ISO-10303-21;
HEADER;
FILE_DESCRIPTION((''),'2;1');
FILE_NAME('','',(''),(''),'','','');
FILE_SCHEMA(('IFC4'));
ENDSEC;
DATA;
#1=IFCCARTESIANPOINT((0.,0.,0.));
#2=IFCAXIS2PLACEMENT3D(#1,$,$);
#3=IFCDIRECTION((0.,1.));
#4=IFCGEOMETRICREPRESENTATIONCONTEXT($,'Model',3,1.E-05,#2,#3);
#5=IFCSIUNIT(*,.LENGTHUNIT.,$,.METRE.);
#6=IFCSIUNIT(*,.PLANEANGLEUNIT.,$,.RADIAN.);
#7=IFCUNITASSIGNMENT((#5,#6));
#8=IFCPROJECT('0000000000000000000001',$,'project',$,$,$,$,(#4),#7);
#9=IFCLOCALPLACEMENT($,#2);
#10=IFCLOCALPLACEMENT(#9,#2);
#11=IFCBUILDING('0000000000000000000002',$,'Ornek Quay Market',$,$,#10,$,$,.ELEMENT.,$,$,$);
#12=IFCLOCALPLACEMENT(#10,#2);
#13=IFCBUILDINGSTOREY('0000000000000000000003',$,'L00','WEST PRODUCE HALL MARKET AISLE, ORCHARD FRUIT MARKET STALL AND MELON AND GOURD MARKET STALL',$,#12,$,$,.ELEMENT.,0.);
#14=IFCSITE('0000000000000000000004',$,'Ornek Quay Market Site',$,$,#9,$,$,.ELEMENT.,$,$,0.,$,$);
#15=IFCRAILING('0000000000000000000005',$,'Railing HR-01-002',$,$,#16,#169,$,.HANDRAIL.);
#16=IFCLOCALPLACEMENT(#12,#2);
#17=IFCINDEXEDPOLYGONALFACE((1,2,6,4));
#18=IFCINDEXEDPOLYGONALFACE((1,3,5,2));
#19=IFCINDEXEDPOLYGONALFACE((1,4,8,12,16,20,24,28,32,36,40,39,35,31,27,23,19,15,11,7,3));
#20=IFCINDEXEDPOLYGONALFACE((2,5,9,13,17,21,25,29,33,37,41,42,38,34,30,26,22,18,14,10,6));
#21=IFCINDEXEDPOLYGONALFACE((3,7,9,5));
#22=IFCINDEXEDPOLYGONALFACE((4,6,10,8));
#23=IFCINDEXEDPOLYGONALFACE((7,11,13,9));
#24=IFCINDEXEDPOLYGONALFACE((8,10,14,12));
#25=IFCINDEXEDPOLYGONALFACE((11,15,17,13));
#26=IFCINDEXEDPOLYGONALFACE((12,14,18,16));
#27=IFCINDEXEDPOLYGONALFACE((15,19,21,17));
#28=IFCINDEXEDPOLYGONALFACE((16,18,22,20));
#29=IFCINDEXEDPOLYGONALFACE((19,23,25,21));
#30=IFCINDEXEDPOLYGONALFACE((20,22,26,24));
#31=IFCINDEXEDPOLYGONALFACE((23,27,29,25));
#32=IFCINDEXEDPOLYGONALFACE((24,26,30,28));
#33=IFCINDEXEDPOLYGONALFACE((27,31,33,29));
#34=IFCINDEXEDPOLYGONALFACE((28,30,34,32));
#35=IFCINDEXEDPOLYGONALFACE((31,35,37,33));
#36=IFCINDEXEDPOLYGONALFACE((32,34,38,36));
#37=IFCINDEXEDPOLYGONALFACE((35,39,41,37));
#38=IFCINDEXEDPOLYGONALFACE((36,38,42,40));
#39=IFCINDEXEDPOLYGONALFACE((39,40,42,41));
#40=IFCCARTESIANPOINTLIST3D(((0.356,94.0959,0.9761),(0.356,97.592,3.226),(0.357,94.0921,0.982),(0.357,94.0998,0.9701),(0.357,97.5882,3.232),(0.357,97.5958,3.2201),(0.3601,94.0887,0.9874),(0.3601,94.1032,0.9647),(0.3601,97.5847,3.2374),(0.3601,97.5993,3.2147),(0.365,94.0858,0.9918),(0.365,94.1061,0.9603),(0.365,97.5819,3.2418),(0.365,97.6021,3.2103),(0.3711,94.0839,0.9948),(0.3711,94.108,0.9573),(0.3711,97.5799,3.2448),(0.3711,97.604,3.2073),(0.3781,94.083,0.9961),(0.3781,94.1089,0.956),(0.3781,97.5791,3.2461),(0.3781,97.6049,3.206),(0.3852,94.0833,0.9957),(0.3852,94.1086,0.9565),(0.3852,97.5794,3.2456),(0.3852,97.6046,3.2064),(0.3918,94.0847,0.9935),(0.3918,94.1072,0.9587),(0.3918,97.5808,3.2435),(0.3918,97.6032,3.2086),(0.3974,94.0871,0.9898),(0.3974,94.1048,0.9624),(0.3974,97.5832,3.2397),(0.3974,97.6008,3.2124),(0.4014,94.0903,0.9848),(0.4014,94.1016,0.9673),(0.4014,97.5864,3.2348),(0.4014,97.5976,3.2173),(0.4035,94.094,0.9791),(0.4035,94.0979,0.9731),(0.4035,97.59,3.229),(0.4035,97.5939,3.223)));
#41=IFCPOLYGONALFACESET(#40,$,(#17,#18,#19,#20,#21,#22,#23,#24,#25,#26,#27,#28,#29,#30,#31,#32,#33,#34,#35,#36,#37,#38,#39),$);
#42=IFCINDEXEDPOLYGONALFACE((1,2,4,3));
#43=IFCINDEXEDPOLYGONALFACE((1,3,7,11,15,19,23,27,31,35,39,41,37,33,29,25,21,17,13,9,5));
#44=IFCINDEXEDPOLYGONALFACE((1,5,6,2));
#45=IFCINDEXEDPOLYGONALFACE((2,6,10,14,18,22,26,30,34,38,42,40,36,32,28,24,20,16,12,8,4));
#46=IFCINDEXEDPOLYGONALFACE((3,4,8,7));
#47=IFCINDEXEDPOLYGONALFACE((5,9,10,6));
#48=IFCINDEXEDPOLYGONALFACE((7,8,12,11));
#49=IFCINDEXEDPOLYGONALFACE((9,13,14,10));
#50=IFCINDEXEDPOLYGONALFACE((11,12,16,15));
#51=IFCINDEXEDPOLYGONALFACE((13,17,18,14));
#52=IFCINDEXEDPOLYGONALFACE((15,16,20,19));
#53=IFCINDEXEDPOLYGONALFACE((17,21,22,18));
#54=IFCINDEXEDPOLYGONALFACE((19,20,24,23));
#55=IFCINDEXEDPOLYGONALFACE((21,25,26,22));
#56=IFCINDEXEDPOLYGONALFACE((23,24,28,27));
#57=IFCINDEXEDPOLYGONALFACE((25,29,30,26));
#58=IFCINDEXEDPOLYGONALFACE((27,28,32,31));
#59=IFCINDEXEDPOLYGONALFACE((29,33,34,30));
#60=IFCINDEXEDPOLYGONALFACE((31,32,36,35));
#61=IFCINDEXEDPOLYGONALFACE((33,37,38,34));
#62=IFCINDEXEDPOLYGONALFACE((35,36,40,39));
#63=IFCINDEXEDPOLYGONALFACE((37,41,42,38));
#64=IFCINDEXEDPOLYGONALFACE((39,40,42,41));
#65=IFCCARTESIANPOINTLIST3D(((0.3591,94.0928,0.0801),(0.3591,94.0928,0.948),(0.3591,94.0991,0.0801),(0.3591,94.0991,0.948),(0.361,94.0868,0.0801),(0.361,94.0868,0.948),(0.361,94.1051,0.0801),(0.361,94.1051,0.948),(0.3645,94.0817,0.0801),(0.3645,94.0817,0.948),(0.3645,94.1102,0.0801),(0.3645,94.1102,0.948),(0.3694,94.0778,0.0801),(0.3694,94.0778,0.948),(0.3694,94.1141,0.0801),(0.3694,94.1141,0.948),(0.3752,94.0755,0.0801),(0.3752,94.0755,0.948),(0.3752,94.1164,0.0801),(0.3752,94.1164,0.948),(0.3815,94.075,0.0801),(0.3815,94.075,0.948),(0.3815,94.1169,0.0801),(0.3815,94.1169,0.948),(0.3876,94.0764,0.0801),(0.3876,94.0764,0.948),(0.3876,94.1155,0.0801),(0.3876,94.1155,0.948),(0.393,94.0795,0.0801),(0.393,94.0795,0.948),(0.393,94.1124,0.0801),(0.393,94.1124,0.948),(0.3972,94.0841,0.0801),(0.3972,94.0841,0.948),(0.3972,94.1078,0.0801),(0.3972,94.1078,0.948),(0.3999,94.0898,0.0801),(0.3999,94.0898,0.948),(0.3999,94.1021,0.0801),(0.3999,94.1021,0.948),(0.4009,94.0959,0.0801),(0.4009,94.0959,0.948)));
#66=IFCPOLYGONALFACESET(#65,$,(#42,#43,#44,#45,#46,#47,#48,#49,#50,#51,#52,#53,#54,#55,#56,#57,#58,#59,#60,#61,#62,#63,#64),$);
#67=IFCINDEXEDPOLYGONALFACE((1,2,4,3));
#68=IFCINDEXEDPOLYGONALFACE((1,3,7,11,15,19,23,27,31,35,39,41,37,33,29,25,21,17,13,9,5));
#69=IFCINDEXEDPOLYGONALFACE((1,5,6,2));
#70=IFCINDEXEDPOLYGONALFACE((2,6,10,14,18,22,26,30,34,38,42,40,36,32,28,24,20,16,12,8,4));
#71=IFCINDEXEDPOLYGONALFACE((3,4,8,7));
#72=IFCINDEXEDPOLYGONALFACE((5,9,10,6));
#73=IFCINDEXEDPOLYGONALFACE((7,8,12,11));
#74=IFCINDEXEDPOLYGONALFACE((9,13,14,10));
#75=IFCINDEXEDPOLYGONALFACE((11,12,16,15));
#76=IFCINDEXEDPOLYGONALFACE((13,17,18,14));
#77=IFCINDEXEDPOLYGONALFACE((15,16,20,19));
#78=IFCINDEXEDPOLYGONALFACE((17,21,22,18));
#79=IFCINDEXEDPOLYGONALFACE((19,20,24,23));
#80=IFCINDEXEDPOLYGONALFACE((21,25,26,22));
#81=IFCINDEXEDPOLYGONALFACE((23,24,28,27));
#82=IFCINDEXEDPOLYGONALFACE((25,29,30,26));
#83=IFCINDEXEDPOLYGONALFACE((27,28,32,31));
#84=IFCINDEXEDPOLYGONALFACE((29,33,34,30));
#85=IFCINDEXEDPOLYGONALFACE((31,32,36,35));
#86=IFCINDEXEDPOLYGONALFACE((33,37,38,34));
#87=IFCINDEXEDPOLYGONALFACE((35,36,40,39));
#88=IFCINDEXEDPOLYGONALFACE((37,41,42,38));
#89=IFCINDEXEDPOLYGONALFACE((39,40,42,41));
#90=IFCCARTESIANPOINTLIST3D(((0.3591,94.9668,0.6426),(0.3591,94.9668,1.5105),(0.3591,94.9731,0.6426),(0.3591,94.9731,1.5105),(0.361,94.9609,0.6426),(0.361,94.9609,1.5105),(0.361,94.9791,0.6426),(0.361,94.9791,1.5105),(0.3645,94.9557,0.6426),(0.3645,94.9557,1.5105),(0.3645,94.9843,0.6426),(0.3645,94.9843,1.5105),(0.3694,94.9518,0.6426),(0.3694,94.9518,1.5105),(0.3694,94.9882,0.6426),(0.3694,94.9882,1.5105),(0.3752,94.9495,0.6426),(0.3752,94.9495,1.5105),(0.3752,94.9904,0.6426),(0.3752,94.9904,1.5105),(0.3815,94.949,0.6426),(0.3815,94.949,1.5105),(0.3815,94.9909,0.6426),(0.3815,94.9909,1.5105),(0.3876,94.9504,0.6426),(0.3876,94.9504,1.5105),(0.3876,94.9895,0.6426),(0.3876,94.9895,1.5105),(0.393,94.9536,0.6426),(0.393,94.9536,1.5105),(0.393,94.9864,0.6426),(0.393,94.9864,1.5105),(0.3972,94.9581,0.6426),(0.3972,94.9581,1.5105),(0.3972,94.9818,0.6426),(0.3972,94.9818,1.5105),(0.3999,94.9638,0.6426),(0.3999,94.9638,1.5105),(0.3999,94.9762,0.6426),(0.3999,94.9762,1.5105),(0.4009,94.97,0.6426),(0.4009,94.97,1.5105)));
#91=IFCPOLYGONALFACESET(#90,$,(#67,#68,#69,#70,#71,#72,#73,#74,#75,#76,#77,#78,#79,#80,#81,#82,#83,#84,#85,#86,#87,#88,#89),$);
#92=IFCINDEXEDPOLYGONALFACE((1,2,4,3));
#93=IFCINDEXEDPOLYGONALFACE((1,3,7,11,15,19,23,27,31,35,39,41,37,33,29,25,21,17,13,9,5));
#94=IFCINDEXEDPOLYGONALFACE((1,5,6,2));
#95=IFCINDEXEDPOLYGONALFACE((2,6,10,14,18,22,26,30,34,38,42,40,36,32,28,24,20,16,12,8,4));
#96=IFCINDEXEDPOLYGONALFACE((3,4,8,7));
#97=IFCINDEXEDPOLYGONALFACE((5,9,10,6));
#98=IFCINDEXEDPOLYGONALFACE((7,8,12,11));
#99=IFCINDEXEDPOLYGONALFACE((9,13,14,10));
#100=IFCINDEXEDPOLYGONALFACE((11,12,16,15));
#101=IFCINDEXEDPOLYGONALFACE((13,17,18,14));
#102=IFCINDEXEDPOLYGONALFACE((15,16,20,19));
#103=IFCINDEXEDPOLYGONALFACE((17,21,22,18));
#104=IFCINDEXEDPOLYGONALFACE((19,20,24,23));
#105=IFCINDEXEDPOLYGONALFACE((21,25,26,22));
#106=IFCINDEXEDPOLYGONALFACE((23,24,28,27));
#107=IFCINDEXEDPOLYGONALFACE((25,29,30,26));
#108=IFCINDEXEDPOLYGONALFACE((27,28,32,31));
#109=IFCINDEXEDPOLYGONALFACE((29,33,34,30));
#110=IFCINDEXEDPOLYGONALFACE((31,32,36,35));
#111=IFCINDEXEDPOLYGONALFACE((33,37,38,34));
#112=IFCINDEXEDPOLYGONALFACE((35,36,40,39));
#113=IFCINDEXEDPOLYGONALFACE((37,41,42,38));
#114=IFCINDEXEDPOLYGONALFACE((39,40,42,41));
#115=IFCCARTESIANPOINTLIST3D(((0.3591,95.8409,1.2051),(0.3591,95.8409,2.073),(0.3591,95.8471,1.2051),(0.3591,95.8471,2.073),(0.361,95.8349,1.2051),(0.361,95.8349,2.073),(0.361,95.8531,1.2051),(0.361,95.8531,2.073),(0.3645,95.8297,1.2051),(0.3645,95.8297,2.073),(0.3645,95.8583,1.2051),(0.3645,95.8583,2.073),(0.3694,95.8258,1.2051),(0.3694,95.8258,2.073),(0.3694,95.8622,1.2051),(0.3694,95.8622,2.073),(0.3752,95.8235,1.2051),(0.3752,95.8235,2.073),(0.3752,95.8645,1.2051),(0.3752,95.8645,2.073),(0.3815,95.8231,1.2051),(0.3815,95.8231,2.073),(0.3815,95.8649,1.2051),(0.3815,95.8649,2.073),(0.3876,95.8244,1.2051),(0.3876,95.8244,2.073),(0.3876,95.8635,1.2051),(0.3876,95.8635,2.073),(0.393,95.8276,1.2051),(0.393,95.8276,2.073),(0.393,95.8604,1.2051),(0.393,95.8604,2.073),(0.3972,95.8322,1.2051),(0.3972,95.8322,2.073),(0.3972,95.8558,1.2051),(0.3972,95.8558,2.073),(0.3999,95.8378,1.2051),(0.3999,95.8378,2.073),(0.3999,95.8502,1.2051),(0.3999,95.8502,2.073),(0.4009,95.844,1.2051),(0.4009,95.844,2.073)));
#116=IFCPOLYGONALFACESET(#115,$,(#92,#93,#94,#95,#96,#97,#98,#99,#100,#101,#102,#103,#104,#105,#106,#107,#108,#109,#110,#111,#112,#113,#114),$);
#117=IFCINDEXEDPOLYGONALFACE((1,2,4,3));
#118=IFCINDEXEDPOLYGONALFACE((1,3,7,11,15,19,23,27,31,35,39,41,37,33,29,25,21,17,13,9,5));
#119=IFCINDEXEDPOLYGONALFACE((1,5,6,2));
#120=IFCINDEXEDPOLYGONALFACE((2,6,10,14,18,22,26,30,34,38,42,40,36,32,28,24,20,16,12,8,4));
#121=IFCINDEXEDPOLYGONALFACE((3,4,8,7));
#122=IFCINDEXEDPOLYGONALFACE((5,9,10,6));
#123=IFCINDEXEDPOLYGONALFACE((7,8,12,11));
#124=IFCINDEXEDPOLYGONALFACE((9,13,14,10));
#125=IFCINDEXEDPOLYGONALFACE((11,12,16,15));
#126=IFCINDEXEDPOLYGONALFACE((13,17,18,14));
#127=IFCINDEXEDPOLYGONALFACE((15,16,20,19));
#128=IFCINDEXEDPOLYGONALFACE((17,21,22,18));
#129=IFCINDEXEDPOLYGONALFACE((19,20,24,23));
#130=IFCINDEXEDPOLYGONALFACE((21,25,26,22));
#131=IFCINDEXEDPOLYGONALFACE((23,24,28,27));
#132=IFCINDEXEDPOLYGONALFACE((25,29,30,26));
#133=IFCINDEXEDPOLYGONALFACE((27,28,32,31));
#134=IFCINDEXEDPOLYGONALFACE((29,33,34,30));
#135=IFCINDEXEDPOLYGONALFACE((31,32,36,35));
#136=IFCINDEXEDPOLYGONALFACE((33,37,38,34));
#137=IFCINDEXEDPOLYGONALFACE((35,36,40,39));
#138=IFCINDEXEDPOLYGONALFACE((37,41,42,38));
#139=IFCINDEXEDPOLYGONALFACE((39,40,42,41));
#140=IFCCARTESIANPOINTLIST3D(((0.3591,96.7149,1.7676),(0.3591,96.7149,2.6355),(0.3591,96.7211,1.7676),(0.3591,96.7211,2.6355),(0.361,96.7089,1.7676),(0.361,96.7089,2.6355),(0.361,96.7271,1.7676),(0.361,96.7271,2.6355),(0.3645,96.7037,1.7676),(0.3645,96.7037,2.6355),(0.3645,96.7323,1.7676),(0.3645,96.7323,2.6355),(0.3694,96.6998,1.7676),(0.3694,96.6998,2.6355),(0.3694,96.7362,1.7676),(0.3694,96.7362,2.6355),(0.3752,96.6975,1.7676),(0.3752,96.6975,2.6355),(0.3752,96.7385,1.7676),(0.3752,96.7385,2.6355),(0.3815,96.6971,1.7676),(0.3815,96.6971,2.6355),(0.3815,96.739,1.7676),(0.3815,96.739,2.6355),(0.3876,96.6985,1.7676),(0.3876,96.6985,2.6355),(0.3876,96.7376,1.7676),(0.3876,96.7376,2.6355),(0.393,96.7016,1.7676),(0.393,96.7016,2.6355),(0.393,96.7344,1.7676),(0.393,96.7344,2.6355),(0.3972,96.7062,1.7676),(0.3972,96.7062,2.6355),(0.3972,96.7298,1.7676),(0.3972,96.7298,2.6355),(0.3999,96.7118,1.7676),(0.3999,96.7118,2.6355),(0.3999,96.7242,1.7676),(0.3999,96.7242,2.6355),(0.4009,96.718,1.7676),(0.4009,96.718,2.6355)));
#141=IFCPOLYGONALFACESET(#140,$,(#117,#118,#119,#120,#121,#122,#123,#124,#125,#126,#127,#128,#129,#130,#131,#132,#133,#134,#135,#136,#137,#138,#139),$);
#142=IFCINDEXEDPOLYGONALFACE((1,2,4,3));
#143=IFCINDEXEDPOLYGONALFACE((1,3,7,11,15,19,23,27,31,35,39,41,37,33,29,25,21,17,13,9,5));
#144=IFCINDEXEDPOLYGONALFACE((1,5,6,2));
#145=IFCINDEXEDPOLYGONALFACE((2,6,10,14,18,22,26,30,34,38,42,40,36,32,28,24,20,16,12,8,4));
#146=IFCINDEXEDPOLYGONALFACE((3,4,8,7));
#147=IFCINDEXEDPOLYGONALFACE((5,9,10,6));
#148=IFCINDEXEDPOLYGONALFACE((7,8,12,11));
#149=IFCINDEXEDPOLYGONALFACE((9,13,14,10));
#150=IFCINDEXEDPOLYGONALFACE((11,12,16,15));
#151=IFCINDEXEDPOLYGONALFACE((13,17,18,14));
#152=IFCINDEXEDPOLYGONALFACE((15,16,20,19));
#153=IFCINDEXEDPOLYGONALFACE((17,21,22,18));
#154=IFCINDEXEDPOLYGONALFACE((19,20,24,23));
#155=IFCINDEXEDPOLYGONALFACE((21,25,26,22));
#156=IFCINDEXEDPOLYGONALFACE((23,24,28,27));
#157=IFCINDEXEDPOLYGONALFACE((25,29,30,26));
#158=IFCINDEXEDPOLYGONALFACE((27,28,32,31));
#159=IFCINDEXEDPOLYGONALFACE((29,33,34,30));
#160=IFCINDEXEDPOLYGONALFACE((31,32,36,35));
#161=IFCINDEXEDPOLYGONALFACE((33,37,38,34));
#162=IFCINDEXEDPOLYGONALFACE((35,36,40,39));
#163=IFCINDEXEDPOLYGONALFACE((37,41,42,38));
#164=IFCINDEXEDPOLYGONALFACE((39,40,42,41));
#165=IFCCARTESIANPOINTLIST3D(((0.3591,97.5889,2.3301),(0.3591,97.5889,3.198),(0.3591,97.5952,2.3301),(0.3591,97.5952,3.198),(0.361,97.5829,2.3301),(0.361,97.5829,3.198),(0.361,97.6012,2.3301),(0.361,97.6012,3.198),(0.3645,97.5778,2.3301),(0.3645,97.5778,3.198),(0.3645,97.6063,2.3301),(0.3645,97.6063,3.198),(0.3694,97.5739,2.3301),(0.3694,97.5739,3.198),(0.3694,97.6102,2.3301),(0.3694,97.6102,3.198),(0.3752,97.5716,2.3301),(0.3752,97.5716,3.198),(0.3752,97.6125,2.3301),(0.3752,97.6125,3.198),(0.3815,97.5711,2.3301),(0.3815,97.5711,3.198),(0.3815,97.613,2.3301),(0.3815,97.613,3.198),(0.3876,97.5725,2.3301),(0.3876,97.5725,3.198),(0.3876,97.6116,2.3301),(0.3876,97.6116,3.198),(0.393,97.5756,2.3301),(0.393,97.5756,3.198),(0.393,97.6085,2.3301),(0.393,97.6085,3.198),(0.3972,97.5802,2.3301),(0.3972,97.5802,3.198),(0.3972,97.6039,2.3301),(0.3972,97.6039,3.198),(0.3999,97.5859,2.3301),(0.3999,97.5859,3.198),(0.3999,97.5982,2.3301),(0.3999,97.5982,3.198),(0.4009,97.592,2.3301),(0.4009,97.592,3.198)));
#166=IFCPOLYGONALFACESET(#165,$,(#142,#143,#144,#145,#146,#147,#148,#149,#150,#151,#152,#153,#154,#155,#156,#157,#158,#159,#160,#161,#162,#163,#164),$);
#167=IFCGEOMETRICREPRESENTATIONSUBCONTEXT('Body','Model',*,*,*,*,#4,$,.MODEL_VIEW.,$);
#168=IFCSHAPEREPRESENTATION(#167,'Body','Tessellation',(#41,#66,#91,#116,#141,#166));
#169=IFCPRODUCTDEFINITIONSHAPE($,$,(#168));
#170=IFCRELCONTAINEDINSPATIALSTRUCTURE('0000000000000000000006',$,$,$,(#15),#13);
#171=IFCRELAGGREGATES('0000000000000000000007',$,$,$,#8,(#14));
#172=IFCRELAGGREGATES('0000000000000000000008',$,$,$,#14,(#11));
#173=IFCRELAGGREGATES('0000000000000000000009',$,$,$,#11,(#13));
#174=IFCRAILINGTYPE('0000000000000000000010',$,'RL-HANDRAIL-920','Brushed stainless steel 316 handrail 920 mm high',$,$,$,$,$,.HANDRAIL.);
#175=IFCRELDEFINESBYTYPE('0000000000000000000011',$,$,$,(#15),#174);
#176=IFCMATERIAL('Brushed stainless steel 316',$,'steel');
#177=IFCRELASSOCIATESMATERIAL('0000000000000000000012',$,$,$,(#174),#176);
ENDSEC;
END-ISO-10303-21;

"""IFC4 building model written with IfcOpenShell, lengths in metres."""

from ifc_helpers import new_model, si_unit, direction, frame, origin, origin_2d, place, context, subcontext, project, spatial, circle, extrude, material, type_object, element, save


model = new_model("IFC4")

# Units and contexts
model_context = context("Model", 3, precision=1e-05, world=origin(), true_north=direction((0.0, 1.0)))
body_context = subcontext(model_context, "Body", "Model", "MODEL_VIEW")
ifc_project = project(units=[si_unit("LENGTHUNIT", "METRE"), si_unit("PLANEANGLEUNIT", "RADIAN")], contexts=[model_context])

# Site, building, storey
site_placement = place(None, origin())
site = spatial("IfcSite", under=ifc_project, at=site_placement, Name="Ornek Quay Market Site", CompositionType="ELEMENT", RefElevation=0.0)
building_placement = place(site_placement, origin())
building = spatial("IfcBuilding", under=site, at=building_placement, Name="Ornek Quay Market", CompositionType="ELEMENT")
storey_placement = place(building_placement, origin())
storey = spatial("IfcBuildingStorey", under=building, at=storey_placement, Name="L00", Description="WEST PRODUCE HALL MARKET AISLE, ORCHARD FRUIT MARKET STALL AND MELON AND GOURD MARKET STALL", CompositionType="ELEMENT", Elevation=0.0)

# Railing
ifc_material_1 = material(Name="Brushed stainless steel 316", Category="steel")
railing_type_1 = type_object("IfcRailingType", Name="RL-HANDRAIL-920", Description="Brushed stainless steel 316 handrail 920 mm high", PredefinedType="HANDRAIL", material=ifc_material_1)
railing_1_placement = place(storey_placement, frame((0.3799, 94.0959, 0.0801)))
element("IfcRailing", 1, at=railing_1_placement, inside=storey, type_object=railing_type_1, Name="Railing HR-01-002", PredefinedType="HANDRAIL", context=body_context, shape_type="SweptSolid", body=[
    extrude(circle(Radius=0.0239, at=origin_2d()), frame((0.0, 0.0, 0.896), z_axis=(0.0, 0.840904, 0.541185), x_axis=(-1.0, 0.0, 0.0)), (0.0, 0.0, 1.0), 4.1575),
    extrude(circle(Radius=0.021, at=origin_2d()), origin(), (0.0, 0.0, 1.0), 0.8679),
    extrude(circle(Radius=0.021, at=origin_2d()), frame((0.0, 0.874, 0.5625)), (0.0, 0.0, 1.0), 0.8679),
    extrude(circle(Radius=0.021, at=origin_2d()), frame((0.0, 1.748, 1.125)), (0.0, 0.0, 1.0), 0.8679),
    extrude(circle(Radius=0.021, at=origin_2d()), frame((0.0, 2.6221, 1.6875)), (0.0, 0.0, 1.0), 0.8679),
    extrude(circle(Radius=0.021, at=origin_2d()), frame((0.0, 3.4961, 2.25)), (0.0, 0.0, 1.0), 0.8679),
])

save(model, "model.ifc")
